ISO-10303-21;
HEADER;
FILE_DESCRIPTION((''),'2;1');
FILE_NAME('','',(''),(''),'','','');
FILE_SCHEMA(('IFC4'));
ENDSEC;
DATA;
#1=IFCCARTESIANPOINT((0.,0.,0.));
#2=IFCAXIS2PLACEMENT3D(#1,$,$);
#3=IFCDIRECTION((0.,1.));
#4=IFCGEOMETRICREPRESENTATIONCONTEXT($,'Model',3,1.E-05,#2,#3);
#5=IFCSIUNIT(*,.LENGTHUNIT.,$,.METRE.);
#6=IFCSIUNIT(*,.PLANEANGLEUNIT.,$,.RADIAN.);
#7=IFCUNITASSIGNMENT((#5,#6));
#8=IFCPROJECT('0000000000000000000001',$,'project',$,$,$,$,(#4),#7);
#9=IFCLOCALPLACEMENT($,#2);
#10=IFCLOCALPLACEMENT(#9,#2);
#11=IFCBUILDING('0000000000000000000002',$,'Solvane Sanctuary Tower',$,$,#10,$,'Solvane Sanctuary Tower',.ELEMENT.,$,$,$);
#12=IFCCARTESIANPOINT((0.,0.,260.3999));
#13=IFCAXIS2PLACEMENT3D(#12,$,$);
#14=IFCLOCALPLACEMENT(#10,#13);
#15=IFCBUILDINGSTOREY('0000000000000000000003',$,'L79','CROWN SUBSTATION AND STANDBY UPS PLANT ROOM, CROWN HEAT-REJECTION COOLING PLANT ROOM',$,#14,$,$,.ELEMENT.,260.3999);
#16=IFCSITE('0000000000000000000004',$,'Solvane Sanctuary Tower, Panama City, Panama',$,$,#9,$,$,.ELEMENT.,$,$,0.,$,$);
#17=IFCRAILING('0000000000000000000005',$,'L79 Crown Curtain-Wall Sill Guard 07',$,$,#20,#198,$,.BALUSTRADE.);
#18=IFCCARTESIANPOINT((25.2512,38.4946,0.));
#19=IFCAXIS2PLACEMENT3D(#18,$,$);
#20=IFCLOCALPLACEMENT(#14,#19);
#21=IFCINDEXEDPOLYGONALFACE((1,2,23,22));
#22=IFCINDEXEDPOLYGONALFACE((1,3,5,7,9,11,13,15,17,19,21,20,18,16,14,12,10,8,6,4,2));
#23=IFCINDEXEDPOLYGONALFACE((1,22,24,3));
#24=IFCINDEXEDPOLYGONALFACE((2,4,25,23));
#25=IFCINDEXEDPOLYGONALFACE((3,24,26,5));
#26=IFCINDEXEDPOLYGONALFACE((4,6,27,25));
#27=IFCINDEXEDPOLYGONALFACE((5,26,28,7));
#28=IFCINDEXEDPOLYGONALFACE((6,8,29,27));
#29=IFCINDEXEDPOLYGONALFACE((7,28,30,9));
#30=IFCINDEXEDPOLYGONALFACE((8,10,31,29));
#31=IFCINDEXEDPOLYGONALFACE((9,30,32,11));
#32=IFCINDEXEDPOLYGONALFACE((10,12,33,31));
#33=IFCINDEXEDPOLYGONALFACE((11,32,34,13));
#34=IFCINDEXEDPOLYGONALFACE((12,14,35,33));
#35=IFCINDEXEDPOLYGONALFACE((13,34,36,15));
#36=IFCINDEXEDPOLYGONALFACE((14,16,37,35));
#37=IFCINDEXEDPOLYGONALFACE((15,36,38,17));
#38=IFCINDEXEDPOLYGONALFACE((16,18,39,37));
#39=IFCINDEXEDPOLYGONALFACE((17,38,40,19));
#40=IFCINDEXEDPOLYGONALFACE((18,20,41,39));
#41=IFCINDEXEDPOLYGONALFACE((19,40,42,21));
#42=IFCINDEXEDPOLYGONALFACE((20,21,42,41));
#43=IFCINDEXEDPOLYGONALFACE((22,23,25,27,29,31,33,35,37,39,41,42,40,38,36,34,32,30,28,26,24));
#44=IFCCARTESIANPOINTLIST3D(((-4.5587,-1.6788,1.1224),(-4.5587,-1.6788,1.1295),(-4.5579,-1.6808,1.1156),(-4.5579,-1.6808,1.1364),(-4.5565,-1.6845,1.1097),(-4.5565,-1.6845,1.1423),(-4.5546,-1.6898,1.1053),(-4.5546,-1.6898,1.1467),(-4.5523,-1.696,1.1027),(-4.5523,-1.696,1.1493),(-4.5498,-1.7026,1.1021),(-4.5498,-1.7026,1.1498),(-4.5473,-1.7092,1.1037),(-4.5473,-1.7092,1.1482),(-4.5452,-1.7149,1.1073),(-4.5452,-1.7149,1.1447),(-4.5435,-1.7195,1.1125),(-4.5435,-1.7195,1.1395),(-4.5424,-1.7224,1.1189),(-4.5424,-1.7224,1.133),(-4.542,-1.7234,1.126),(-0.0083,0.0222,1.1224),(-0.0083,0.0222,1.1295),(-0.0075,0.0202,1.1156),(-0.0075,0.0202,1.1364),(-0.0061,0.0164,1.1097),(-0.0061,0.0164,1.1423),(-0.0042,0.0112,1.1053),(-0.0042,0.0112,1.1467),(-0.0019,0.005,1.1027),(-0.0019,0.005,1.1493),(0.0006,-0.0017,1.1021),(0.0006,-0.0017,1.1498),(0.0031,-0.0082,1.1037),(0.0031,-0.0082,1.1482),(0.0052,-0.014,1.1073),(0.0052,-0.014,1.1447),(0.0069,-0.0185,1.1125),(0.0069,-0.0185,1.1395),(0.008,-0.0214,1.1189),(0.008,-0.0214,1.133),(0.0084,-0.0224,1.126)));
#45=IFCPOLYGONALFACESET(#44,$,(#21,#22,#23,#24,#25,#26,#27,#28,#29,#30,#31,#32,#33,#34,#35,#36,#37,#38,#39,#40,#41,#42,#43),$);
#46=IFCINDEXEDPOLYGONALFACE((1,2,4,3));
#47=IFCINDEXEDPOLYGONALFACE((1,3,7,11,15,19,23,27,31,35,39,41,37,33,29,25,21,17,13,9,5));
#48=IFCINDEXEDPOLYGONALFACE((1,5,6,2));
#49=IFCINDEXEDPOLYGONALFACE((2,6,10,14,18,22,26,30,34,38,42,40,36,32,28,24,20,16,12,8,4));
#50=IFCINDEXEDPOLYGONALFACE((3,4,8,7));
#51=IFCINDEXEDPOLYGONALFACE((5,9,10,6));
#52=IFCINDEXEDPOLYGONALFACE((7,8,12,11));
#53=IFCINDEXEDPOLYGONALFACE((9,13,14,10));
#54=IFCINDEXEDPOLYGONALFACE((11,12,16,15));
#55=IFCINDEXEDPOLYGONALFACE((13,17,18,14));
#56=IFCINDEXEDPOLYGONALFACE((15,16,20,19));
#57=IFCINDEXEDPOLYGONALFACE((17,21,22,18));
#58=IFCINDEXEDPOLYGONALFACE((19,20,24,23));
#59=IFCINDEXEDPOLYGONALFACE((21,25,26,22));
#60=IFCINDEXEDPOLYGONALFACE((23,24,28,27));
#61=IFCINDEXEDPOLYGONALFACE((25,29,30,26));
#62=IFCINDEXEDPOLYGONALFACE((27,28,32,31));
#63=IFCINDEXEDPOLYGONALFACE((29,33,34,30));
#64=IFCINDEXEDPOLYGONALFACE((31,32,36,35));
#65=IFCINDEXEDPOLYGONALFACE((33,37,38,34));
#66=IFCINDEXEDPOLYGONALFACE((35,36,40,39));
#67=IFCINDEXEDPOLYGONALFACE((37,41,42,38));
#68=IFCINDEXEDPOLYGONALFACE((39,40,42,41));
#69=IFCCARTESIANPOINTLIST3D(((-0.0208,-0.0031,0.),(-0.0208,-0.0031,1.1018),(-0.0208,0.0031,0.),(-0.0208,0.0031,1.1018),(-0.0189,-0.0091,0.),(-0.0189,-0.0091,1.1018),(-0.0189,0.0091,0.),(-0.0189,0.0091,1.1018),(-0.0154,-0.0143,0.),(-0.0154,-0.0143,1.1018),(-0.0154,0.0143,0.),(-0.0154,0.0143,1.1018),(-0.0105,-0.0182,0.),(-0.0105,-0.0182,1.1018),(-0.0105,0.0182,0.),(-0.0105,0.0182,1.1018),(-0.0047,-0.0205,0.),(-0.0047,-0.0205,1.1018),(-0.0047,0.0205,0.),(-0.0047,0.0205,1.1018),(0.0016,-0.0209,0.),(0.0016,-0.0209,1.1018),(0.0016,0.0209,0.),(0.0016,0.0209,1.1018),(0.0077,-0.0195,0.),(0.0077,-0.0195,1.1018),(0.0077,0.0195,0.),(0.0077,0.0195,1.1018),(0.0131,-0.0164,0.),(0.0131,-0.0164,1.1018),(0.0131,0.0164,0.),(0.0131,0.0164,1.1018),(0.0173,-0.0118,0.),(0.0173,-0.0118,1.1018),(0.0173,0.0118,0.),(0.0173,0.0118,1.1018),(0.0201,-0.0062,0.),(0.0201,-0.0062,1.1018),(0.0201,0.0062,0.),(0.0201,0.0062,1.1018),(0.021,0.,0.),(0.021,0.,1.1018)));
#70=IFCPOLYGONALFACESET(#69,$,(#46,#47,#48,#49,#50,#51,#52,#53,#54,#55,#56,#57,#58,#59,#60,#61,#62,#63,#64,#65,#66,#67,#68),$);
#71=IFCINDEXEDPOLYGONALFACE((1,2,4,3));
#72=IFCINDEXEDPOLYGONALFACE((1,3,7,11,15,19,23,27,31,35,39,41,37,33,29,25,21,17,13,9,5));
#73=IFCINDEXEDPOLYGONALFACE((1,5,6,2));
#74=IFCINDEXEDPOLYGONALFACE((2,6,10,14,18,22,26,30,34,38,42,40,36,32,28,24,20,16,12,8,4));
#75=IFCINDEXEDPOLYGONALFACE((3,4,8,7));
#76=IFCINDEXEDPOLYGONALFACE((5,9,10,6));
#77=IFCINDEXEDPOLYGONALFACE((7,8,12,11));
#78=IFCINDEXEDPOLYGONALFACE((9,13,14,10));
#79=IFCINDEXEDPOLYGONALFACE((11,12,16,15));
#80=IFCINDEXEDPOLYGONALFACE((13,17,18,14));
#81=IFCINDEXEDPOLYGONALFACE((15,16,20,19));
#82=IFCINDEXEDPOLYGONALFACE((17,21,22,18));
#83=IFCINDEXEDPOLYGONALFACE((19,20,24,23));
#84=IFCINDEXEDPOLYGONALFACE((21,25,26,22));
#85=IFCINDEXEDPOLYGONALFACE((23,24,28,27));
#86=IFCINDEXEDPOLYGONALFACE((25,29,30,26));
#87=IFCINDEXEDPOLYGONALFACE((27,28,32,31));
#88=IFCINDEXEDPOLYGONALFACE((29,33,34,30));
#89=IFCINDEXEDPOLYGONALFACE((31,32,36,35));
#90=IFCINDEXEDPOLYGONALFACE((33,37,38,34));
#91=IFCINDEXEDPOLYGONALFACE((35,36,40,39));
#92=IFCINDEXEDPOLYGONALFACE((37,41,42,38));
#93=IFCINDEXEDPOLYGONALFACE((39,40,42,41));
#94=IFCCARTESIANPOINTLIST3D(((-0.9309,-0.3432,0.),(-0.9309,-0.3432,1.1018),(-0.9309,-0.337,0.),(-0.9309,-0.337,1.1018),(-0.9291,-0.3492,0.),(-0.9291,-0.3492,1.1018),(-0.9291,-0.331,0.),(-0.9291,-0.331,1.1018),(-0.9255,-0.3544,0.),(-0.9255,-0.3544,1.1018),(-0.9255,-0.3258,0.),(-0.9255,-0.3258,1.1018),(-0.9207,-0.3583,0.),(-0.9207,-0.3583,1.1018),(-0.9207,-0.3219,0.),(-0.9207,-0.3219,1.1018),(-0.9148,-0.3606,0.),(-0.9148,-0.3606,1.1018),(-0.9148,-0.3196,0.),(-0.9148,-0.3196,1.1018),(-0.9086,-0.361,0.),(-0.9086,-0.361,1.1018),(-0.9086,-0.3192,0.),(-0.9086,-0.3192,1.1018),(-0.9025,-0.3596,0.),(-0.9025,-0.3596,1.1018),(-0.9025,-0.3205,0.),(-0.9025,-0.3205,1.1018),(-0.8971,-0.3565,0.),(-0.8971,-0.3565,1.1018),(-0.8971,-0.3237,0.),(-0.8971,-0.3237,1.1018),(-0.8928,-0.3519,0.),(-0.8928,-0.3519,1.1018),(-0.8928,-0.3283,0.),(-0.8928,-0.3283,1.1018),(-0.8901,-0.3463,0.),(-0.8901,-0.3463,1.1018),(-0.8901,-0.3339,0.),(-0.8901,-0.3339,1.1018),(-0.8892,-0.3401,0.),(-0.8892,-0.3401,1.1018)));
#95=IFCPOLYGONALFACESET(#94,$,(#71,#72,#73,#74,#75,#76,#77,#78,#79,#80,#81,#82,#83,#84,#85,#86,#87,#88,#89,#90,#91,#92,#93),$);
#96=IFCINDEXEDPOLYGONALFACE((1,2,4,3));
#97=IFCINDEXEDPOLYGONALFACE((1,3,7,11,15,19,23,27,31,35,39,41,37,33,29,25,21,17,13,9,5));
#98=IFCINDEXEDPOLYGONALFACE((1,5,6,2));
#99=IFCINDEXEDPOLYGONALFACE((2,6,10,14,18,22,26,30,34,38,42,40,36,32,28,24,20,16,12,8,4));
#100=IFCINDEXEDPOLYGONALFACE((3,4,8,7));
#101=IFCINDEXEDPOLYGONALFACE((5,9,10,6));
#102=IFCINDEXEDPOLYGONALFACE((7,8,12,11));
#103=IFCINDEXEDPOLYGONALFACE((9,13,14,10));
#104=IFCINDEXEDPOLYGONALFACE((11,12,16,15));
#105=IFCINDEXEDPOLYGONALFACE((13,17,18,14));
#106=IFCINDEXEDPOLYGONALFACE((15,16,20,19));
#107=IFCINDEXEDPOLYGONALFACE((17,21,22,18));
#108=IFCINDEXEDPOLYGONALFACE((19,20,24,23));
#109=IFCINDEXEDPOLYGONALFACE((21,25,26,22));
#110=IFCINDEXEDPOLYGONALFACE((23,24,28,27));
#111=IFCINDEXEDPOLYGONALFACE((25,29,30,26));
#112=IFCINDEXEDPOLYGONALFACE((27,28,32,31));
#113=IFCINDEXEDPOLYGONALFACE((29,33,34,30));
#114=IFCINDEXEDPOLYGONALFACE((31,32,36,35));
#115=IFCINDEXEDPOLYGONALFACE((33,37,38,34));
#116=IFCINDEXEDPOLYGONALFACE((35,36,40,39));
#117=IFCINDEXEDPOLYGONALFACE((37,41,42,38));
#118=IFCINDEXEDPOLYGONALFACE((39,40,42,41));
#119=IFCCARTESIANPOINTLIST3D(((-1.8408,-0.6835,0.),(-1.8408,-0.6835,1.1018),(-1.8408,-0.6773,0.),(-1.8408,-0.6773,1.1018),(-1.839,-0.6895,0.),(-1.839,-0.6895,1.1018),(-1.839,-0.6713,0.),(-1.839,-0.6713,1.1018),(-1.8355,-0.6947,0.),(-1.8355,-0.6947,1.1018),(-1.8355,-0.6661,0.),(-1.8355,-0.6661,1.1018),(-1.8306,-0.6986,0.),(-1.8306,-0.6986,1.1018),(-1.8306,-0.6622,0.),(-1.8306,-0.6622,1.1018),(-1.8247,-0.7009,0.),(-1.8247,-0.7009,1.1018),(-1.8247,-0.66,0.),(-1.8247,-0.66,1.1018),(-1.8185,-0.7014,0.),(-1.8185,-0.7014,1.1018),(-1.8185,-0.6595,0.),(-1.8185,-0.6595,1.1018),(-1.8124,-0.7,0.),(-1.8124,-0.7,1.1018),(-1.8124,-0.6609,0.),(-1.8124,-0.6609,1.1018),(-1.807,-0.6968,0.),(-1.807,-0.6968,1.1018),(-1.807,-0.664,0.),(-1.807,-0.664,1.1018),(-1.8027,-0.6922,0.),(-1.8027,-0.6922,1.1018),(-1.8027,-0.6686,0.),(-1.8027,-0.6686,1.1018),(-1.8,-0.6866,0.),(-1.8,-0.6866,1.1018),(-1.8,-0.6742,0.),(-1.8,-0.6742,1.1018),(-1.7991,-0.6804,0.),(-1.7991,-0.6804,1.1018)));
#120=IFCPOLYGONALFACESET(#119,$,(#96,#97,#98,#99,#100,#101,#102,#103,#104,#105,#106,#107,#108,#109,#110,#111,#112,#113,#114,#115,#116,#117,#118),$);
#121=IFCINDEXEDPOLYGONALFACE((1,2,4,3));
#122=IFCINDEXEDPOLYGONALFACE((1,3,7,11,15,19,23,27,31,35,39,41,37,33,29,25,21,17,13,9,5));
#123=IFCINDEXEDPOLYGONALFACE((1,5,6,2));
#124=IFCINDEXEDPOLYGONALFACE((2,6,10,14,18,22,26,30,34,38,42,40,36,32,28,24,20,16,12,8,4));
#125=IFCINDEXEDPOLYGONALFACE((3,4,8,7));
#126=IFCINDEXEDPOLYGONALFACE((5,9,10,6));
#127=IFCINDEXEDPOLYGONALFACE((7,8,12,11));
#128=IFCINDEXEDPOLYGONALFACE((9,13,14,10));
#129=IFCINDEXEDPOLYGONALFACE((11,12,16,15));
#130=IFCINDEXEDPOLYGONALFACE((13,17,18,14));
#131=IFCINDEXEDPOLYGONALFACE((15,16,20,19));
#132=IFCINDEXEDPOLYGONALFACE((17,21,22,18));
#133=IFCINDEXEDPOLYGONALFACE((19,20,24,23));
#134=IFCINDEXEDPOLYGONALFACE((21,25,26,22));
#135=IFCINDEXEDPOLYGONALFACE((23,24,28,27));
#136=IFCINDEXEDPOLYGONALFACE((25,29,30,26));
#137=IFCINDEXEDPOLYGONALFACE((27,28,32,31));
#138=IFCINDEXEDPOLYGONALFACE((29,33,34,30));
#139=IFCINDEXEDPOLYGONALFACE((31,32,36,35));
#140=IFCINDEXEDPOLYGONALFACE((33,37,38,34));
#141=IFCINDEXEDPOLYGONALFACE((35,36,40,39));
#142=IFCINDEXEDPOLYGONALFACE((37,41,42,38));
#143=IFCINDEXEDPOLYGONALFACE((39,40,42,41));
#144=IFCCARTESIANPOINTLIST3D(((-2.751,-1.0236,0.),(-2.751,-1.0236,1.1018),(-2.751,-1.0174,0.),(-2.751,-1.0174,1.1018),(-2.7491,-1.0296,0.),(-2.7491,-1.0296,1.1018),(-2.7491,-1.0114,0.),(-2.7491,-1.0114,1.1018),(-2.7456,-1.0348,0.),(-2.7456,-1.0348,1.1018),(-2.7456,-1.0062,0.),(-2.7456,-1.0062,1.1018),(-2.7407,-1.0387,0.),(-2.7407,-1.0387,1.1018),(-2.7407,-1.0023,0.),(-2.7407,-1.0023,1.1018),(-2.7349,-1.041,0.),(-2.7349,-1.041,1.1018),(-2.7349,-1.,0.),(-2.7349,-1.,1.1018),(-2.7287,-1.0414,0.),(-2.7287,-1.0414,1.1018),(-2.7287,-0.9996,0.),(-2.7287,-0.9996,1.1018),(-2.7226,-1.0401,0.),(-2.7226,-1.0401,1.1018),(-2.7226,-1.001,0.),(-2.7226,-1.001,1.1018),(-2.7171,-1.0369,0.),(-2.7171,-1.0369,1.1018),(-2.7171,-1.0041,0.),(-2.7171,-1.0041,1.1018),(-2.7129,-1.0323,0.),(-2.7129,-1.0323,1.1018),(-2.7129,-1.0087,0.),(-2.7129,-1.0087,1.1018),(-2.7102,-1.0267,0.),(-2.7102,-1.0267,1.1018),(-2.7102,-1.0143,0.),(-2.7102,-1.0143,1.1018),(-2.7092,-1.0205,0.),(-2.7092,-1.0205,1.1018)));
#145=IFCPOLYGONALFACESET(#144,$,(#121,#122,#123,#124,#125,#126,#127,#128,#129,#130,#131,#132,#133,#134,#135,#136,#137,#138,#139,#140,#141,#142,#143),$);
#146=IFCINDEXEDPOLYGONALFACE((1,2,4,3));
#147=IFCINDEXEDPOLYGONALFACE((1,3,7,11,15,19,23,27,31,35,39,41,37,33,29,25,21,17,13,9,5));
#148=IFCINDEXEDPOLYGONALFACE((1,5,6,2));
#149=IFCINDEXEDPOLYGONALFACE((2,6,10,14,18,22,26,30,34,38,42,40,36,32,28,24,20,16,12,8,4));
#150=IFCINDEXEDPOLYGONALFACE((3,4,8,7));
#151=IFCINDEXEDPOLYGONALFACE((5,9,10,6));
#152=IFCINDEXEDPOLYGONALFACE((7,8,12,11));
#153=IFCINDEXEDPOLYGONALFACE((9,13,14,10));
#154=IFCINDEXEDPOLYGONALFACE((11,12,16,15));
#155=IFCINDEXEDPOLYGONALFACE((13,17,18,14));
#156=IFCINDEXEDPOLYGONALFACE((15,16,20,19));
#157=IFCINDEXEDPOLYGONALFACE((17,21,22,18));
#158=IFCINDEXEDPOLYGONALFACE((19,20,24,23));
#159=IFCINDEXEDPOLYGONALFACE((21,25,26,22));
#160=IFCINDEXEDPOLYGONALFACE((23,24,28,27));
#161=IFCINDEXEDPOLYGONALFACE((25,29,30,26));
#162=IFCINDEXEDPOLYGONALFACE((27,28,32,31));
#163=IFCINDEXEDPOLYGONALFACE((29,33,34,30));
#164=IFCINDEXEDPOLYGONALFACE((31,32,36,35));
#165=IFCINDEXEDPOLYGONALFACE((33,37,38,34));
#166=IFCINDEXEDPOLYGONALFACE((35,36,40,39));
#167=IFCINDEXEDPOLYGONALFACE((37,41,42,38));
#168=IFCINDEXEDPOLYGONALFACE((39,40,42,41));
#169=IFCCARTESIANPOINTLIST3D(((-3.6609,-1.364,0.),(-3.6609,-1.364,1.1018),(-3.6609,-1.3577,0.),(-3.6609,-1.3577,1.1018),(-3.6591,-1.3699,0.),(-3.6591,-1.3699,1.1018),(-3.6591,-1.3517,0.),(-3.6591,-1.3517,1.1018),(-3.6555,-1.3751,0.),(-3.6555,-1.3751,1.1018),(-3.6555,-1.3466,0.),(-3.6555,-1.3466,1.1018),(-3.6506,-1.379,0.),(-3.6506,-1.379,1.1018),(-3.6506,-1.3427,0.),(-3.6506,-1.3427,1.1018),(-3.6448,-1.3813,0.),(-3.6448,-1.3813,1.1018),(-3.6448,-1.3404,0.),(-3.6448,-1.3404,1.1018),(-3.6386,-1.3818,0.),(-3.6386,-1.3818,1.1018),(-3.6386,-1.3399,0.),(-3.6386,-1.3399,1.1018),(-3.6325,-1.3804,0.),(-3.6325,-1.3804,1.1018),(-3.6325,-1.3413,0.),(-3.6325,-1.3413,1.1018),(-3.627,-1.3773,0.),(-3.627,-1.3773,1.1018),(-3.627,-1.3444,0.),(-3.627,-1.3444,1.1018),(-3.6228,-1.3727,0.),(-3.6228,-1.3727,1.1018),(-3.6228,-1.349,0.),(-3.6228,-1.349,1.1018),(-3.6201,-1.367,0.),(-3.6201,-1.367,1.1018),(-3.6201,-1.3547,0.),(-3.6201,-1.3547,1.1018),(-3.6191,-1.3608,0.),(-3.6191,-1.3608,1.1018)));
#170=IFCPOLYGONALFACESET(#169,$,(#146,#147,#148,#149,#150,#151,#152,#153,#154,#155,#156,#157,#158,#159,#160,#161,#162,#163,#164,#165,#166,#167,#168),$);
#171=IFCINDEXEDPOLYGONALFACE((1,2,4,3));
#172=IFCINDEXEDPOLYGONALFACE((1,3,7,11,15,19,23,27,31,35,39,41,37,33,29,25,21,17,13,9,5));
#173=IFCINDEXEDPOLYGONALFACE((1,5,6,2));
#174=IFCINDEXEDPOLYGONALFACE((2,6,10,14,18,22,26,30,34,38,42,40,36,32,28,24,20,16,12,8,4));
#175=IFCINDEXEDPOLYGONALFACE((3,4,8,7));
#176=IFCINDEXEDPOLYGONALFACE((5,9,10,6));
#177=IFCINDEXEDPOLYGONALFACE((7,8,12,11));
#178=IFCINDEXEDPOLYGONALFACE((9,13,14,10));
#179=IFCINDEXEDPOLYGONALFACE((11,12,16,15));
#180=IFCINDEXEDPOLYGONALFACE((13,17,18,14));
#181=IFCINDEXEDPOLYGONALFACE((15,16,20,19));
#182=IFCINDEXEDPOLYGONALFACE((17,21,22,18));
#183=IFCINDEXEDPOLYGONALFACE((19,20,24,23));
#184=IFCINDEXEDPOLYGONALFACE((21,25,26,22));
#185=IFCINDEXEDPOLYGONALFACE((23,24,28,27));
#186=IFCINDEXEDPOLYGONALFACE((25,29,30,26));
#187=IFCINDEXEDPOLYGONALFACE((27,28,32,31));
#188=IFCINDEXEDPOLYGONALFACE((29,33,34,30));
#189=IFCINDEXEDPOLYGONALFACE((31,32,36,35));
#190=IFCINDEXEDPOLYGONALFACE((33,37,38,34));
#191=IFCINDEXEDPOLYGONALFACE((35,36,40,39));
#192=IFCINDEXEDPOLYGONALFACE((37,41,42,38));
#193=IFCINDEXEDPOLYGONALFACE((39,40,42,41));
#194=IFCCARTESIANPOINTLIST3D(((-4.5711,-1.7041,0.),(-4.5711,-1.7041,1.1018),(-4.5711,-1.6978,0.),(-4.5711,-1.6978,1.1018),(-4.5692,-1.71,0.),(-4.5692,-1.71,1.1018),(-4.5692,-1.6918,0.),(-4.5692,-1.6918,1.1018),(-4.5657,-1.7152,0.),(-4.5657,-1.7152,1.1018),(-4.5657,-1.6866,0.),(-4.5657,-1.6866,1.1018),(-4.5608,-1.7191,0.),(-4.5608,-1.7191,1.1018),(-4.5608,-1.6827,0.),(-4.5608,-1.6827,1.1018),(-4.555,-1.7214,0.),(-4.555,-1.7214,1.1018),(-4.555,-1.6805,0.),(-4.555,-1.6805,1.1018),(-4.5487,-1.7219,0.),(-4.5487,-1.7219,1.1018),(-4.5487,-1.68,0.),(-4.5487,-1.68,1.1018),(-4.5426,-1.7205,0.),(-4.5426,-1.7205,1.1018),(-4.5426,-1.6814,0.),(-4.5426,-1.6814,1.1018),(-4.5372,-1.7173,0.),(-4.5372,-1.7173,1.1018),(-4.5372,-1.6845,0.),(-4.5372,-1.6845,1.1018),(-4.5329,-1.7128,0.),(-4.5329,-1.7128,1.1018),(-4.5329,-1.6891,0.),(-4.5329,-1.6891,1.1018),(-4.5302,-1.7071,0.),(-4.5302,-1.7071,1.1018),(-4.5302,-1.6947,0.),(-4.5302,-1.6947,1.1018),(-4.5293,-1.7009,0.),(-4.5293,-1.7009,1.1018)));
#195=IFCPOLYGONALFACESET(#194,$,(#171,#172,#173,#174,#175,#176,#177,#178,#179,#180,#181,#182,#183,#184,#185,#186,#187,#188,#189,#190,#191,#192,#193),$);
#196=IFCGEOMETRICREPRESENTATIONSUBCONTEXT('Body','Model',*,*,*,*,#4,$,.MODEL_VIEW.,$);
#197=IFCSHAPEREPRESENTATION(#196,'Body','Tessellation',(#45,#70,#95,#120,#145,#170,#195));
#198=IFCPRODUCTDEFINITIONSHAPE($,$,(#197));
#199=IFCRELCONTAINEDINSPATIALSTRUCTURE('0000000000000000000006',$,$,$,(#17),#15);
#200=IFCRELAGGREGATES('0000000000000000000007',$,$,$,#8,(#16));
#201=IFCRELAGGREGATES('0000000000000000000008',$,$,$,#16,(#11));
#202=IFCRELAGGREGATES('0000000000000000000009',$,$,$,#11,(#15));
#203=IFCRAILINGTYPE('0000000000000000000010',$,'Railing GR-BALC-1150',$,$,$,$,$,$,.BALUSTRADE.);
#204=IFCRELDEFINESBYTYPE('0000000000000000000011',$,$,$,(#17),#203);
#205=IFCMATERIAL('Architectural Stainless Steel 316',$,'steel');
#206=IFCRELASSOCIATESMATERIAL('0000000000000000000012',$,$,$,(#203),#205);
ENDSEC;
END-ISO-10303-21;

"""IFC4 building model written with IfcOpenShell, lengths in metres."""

from ifc_helpers import new_model, si_unit, direction, frame, origin, origin_2d, place, context, subcontext, project, spatial, circle, extrude, material, type_object, element, save


model = new_model("IFC4")

# Units and contexts
model_context = context("Model", 3, precision=1e-05, world=origin(), true_north=direction((0.0, 1.0)))
body_context = subcontext(model_context, "Body", "Model", "MODEL_VIEW")
ifc_project = project(units=[si_unit("LENGTHUNIT", "METRE"), si_unit("PLANEANGLEUNIT", "RADIAN")], contexts=[model_context])

# Site, building, storey
site_placement = place(None, origin())
site = spatial("IfcSite", under=ifc_project, at=site_placement, Name="Solvane Sanctuary Tower, Panama City, Panama", CompositionType="ELEMENT", RefElevation=0.0)
building_placement = place(site_placement, origin())
building = spatial("IfcBuilding", under=site, at=building_placement, Name="Solvane Sanctuary Tower", LongName="Solvane Sanctuary Tower", CompositionType="ELEMENT")
storey_placement = place(building_placement, frame((0.0, 0.0, 260.3999)))
storey = spatial("IfcBuildingStorey", under=building, at=storey_placement, Name="L79", Description="CROWN SUBSTATION AND STANDBY UPS PLANT ROOM, CROWN HEAT-REJECTION COOLING PLANT ROOM", CompositionType="ELEMENT", Elevation=260.3999)

# Shared definitions
ifc_material_1 = material(Name="Architectural Stainless Steel 316", Category="steel")

# Railing
railing_type = type_object("IfcRailingType", Name="Railing GR-BALC-1150", PredefinedType="BALUSTRADE", material=ifc_material_1)
railing_placement = place(storey_placement, frame((25.2512, 38.4946, 0.0)))
element("IfcRailing", 1, at=railing_placement, inside=storey, type_object=railing_type, Name="L79 Crown Curtain-Wall Sill Guard 07", PredefinedType="BALUSTRADE", context=body_context, shape_type="SweptSolid", body=[
    extrude(circle(Radius=0.0239, at=origin_2d()), frame((0.0, 0.0, 1.126), z_axis=(-0.936696, -0.350143, 0.0), x_axis=(0.350143, -0.936696, 0.0)), (0.0, 0.0, 1.0), 4.8579),
    extrude(circle(Radius=0.021, at=origin_2d()), origin(), (0.0, 0.0, 1.0), 1.1018),
    extrude(circle(Radius=0.021, at=origin_2d()), frame((-0.9102, -0.3401, 0.0)), (0.0, 0.0, 1.0), 1.1018),
    extrude(circle(Radius=0.021, at=origin_2d()), frame((-1.8201, -0.6804, 0.0)), (0.0, 0.0, 1.0), 1.1018),
    extrude(circle(Radius=0.021, at=origin_2d()), frame((-2.7302, -1.0205, 0.0)), (0.0, 0.0, 1.0), 1.1018),
    extrude(circle(Radius=0.021, at=origin_2d()), frame((-3.6401, -1.3608, 0.0)), (0.0, 0.0, 1.0), 1.1018),
    extrude(circle(Radius=0.021, at=origin_2d()), frame((-4.5503, -1.7009, 0.0)), (0.0, 0.0, 1.0), 1.1018),
])

save(model, "model.ifc")
